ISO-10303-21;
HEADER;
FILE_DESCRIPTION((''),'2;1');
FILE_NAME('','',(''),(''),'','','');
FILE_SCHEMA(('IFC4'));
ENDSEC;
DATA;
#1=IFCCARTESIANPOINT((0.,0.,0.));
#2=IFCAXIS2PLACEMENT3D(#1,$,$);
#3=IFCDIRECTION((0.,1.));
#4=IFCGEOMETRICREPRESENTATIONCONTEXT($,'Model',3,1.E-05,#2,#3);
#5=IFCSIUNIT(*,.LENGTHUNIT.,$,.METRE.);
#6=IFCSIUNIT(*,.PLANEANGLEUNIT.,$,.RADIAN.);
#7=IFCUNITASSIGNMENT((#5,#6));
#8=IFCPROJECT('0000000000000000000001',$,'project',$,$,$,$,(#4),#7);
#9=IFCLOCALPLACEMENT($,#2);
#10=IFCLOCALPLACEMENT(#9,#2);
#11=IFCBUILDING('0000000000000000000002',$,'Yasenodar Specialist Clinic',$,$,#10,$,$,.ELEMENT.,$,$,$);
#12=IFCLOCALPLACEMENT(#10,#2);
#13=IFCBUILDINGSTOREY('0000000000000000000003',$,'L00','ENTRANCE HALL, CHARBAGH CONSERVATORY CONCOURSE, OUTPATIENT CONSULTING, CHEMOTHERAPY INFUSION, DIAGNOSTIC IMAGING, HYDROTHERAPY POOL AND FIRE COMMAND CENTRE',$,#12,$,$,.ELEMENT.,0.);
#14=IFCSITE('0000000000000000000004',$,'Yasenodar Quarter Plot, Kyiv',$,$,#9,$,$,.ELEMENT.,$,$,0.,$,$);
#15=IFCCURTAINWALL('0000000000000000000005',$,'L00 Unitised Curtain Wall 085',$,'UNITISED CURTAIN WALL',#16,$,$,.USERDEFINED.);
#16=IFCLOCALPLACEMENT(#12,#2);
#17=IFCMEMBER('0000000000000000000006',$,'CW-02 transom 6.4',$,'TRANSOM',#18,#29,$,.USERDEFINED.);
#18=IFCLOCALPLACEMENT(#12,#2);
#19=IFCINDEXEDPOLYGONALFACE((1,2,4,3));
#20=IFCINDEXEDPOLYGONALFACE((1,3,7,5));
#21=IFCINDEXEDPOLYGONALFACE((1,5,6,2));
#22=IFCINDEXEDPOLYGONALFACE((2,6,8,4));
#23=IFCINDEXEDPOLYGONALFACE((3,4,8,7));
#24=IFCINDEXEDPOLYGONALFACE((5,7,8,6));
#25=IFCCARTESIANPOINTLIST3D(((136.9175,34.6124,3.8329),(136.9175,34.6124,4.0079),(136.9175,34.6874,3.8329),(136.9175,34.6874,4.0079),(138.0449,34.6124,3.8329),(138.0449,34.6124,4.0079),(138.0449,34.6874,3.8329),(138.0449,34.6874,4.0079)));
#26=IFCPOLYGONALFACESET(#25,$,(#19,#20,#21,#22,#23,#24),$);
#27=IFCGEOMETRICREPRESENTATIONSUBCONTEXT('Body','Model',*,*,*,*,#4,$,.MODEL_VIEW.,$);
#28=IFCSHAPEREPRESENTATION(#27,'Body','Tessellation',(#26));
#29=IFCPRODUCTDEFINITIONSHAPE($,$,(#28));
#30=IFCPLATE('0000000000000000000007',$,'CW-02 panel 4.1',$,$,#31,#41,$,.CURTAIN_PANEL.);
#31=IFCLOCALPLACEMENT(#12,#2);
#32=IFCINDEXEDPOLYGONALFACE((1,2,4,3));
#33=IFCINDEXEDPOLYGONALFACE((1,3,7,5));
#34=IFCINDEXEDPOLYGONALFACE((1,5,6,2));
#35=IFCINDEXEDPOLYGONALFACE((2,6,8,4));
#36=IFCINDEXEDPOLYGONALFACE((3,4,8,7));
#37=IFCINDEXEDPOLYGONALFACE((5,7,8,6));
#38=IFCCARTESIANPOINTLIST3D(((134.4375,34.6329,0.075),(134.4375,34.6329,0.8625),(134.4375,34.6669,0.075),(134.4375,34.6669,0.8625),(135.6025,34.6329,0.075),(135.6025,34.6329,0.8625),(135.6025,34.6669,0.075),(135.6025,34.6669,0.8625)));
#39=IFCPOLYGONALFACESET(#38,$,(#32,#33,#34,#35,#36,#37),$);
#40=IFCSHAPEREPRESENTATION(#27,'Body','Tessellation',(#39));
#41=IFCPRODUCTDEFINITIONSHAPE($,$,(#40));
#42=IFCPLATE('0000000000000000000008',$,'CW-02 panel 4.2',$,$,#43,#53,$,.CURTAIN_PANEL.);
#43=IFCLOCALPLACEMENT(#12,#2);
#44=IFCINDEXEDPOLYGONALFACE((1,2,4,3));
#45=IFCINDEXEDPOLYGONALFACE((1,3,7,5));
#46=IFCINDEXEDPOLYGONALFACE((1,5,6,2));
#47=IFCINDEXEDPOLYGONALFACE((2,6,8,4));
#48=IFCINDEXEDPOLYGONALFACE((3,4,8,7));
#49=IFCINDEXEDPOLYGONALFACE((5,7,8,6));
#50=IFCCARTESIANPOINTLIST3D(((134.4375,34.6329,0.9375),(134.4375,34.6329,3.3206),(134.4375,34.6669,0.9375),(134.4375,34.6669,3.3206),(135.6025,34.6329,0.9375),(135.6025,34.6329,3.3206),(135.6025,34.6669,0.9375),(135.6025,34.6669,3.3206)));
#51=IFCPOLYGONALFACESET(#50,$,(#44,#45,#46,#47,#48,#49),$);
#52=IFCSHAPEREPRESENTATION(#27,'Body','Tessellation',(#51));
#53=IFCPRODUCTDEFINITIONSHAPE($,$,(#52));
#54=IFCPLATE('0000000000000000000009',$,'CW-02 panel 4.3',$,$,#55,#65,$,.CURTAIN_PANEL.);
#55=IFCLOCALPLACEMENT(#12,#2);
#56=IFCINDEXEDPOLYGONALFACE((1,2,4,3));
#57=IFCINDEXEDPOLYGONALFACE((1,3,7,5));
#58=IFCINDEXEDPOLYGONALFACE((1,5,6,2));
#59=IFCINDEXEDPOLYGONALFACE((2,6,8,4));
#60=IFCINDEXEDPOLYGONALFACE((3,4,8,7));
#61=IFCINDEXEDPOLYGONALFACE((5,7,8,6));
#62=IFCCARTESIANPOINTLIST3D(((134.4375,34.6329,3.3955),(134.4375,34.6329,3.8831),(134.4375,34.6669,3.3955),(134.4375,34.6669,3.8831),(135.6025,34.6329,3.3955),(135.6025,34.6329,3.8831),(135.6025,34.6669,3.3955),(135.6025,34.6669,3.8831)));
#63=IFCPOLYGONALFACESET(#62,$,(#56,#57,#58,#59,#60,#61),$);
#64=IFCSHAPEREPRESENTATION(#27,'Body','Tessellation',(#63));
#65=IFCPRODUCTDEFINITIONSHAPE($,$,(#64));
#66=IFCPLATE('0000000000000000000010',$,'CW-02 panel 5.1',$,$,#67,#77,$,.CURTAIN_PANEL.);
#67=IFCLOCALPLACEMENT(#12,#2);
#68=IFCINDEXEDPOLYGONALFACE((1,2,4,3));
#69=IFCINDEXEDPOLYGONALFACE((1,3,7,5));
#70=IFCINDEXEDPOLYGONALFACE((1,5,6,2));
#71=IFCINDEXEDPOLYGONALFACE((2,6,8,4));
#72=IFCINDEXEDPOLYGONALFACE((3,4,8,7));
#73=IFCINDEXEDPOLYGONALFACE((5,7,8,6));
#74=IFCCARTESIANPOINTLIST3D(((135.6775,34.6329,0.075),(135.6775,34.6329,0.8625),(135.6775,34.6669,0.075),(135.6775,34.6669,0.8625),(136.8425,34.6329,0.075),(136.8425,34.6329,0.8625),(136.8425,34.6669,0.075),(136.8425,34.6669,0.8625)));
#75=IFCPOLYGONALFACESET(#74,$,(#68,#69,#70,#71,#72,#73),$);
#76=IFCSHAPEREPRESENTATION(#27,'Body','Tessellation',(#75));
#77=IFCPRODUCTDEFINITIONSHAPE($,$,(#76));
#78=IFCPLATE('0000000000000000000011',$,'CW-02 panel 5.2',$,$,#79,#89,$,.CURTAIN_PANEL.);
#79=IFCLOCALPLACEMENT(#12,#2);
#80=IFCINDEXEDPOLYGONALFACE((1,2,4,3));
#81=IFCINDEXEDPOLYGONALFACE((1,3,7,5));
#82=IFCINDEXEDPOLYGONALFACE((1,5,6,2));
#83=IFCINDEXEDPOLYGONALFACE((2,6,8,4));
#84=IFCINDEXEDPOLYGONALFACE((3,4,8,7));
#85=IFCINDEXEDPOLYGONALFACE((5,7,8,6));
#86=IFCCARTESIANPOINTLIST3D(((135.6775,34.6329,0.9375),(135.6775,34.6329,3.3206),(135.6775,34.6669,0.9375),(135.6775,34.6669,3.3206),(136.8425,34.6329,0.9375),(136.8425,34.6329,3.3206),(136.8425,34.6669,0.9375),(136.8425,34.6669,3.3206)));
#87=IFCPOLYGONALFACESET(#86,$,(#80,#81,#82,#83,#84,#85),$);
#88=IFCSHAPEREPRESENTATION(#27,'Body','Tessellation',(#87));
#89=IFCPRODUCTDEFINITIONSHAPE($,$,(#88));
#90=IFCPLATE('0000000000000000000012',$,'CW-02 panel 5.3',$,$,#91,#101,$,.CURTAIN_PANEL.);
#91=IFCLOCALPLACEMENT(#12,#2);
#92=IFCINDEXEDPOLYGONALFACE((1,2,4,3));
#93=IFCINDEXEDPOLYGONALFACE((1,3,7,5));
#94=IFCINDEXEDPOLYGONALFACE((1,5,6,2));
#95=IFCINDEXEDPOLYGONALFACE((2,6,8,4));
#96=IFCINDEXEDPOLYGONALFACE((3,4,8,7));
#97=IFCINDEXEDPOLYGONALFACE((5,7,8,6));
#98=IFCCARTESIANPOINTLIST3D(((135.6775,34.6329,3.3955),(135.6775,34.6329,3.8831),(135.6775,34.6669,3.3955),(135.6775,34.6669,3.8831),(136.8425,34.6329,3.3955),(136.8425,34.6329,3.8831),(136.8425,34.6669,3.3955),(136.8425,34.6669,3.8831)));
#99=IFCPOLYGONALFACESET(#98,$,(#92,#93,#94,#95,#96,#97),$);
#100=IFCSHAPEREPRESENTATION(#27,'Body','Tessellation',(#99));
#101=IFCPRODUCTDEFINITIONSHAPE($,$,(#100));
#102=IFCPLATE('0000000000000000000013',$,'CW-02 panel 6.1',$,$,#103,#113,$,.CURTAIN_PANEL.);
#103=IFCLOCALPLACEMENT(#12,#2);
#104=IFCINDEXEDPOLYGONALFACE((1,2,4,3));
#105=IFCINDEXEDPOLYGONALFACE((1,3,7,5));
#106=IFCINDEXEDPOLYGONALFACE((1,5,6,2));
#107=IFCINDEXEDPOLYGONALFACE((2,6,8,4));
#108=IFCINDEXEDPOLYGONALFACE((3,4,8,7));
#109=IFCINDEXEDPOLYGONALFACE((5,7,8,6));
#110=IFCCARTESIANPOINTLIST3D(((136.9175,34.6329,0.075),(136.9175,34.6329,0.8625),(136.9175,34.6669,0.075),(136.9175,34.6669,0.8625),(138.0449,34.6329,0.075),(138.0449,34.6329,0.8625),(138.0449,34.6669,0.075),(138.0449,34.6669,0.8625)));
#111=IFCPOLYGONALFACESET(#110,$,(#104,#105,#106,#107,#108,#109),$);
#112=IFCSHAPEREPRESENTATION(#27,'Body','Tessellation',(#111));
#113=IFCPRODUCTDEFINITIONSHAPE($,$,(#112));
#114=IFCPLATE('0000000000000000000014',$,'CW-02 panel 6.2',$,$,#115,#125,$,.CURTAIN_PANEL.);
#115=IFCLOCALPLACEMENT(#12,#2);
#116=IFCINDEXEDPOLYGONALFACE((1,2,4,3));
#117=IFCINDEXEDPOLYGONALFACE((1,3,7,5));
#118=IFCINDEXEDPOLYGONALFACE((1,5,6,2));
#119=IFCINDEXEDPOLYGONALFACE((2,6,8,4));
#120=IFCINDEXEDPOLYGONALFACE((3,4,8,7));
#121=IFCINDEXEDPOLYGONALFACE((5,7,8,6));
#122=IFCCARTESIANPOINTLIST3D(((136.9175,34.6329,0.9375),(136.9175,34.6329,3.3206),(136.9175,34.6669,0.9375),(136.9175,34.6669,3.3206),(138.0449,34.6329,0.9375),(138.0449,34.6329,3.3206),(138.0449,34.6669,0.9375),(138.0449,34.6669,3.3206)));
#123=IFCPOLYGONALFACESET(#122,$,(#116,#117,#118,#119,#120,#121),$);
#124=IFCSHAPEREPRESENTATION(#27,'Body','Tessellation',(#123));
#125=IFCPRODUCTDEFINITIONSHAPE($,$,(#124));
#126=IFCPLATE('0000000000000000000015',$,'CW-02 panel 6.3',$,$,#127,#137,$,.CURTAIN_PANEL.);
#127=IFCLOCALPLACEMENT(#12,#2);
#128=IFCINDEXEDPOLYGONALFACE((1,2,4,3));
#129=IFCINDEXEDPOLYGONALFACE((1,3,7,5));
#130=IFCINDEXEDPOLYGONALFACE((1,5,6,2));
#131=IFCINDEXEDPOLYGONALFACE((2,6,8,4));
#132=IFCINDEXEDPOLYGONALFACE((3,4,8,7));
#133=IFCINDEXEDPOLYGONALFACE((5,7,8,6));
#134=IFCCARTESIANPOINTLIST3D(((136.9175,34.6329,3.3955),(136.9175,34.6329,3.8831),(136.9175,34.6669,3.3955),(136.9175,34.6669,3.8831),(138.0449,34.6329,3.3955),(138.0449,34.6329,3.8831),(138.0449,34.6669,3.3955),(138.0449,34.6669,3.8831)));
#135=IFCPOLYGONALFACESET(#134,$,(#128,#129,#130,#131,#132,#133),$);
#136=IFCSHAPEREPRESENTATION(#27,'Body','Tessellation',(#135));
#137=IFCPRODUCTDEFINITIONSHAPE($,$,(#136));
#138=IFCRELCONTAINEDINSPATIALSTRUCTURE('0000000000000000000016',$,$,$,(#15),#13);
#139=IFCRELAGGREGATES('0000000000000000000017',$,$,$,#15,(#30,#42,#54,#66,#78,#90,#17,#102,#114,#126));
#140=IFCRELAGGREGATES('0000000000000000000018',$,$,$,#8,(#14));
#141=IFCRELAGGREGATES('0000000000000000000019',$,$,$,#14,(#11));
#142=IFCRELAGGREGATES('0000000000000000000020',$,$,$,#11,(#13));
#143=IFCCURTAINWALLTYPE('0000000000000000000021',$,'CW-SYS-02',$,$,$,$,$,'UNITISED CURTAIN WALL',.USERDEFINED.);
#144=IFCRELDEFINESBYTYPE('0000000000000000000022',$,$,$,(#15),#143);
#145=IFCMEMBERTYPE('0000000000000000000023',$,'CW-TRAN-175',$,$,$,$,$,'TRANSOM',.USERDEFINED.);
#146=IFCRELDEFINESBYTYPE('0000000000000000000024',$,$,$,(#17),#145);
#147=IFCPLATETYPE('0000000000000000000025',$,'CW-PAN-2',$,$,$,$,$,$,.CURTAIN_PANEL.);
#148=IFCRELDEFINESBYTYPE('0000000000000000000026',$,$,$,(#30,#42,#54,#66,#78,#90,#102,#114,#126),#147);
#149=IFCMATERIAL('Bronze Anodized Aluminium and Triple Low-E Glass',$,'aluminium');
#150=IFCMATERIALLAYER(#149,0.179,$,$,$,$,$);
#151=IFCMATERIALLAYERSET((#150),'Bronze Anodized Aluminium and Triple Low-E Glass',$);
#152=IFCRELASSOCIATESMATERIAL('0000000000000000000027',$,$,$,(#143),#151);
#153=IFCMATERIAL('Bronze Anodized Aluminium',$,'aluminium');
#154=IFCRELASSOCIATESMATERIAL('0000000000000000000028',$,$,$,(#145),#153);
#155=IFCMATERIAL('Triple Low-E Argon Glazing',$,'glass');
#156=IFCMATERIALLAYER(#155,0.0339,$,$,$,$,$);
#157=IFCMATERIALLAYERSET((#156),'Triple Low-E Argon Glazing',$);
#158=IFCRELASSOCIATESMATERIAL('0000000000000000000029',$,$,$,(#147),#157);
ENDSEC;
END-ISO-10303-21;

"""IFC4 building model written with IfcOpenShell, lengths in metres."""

from ifc_helpers import new_model, si_unit, direction, frame, origin, origin_2d, place, context, subcontext, project, spatial, rectangle, extrude, material, layer, layer_set, material_profile, profile_set, type_object, element, aggregate, save


model = new_model("IFC4")

# Units and contexts
model_context = context("Model", 3, precision=1e-05, world=origin(), true_north=direction((0.0, 1.0)))
body_context = subcontext(model_context, "Body", "Model", "MODEL_VIEW")
ifc_project = project(units=[si_unit("LENGTHUNIT", "METRE"), si_unit("PLANEANGLEUNIT", "RADIAN")], contexts=[model_context])

# Site, building, storey
site_placement = place(None, origin())
site = spatial("IfcSite", under=ifc_project, at=site_placement, Name="Yasenodar Quarter Plot, Kyiv", CompositionType="ELEMENT", RefElevation=0.0)
building_placement = place(site_placement, origin())
building = spatial("IfcBuilding", under=site, at=building_placement, Name="Yasenodar Specialist Clinic", CompositionType="ELEMENT")
storey_placement = place(building_placement, origin())
storey = spatial("IfcBuildingStorey", under=building, at=storey_placement, Name="L00", Description="ENTRANCE HALL, CHARBAGH CONSERVATORY CONCOURSE, OUTPATIENT CONSULTING, CHEMOTHERAPY INFUSION, DIAGNOSTIC IMAGING, HYDROTHERAPY POOL AND FIRE COMMAND CENTRE", CompositionType="ELEMENT", Elevation=0.0)

# Curtain wall, member, plates
ifc_material_1 = material(Name="Bronze Anodized Aluminium and Triple Low-E Glass", Category="aluminium")
ifc_layer_1 = layer(ifc_material_1, 0.179)
ifc_layer_set_1 = layer_set([ifc_layer_1], Name="Bronze Anodized Aluminium and Triple Low-E Glass")
curtain_wall_type = type_object("IfcCurtainWallType", Name="CW-SYS-02", ElementType="UNITISED CURTAIN WALL", PredefinedType="USERDEFINED", material=ifc_layer_set_1)
curtain_wall_placement = place(storey_placement, origin())
curtain_wall = element("IfcCurtainWall", 1, at=curtain_wall_placement, inside=storey, type_object=curtain_wall_type, Name="L00 Unitised Curtain Wall 085", ObjectType="UNITISED CURTAIN WALL", PredefinedType="USERDEFINED")
ifc_material_2 = material(Name="Bronze Anodized Aluminium", Category="aluminium")
ifc_material_profile_1 = material_profile(ifc_material_2, rectangle(XDim=0.075, YDim=0.175, at=origin_2d()), Name="CW-TRAN 75x175")
ifc_profile_set_1 = profile_set([ifc_material_profile_1], Name="Bronze Anodized Aluminium")
member_type_1 = type_object("IfcMemberType", Name="CW-TRAN-175", ElementType="TRANSOM", PredefinedType="USERDEFINED", material=ifc_profile_set_1)
member_1_placement = place(storey_placement, frame((136.9175, 34.6499, 3.9204), z_axis=(1.0, 0.0, 0.0), x_axis=(0.0, 1.0, 0.0)))
member_1 = element("IfcMember", 2, at=member_1_placement, type_object=member_type_1, Name="CW-02 transom 6.4", ObjectType="TRANSOM", PredefinedType="USERDEFINED", context=body_context, shape_type="SweptSolid", body=[
    extrude(rectangle(XDim=0.075, YDim=0.175, at=origin_2d()), origin(), (0.0, 0.0, 1.0), 1.1274),
])
ifc_material_3 = material(Name="Triple Low-E Argon Glazing", Category="glass")
ifc_layer_2 = layer(ifc_material_3, 0.0339)
ifc_layer_set_2 = layer_set([ifc_layer_2], Name="Triple Low-E Argon Glazing")
plate_type = type_object("IfcPlateType", Name="CW-PAN-2", PredefinedType="CURTAIN_PANEL", material=ifc_layer_set_2)
plate_1_placement = place(storey_placement, frame((135.02, 34.6499, 0.075), z_axis=(0.0, 0.0, 1.0), x_axis=(1.0, 0.0, 0.0)))
plate_1 = element("IfcPlate", 3, at=plate_1_placement, type_object=plate_type, Name="CW-02 panel 4.1", PredefinedType="CURTAIN_PANEL", context=body_context, shape_type="SweptSolid", body=[
    extrude(rectangle(XDim=1.165, YDim=0.0339, at=origin_2d()), origin(), (0.0, 0.0, 1.0), 0.7876),
])
plate_2_placement = place(storey_placement, frame((135.02, 34.6499, 0.9375), z_axis=(0.0, 0.0, 1.0), x_axis=(1.0, 0.0, 0.0)))
plate_2 = element("IfcPlate", 4, at=plate_2_placement, type_object=plate_type, Name="CW-02 panel 4.2", PredefinedType="CURTAIN_PANEL", context=body_context, shape_type="SweptSolid", body=[
    extrude(rectangle(XDim=1.165, YDim=0.0339, at=origin_2d()), origin(), (0.0, 0.0, 1.0), 2.3831),
])
plate_3_placement = place(storey_placement, frame((135.02, 34.6499, 3.3955), z_axis=(0.0, 0.0, 1.0), x_axis=(1.0, 0.0, 0.0)))
plate_3 = element("IfcPlate", 5, at=plate_3_placement, type_object=plate_type, Name="CW-02 panel 4.3", PredefinedType="CURTAIN_PANEL", context=body_context, shape_type="SweptSolid", body=[
    extrude(rectangle(XDim=1.165, YDim=0.0339, at=origin_2d()), origin(), (0.0, 0.0, 1.0), 0.4875),
])
plate_4_placement = place(storey_placement, frame((136.26, 34.6499, 0.075), z_axis=(0.0, 0.0, 1.0), x_axis=(1.0, 0.0, 0.0)))
plate_4 = element("IfcPlate", 6, at=plate_4_placement, type_object=plate_type, Name="CW-02 panel 5.1", PredefinedType="CURTAIN_PANEL", context=body_context, shape_type="SweptSolid", body=[
    extrude(rectangle(XDim=1.165, YDim=0.0339, at=origin_2d()), origin(), (0.0, 0.0, 1.0), 0.7876),
])
plate_5_placement = place(storey_placement, frame((136.26, 34.6499, 0.9375), z_axis=(0.0, 0.0, 1.0), x_axis=(1.0, 0.0, 0.0)))
plate_5 = element("IfcPlate", 7, at=plate_5_placement, type_object=plate_type, Name="CW-02 panel 5.2", PredefinedType="CURTAIN_PANEL", context=body_context, shape_type="SweptSolid", body=[
    extrude(rectangle(XDim=1.165, YDim=0.0339, at=origin_2d()), origin(), (0.0, 0.0, 1.0), 2.3831),
])
plate_6_placement = place(storey_placement, frame((136.26, 34.6499, 3.3955), z_axis=(0.0, 0.0, 1.0), x_axis=(1.0, 0.0, 0.0)))
plate_6 = element("IfcPlate", 8, at=plate_6_placement, type_object=plate_type, Name="CW-02 panel 5.3", PredefinedType="CURTAIN_PANEL", context=body_context, shape_type="SweptSolid", body=[
    extrude(rectangle(XDim=1.165, YDim=0.0339, at=origin_2d()), origin(), (0.0, 0.0, 1.0), 0.4875),
])
plate_7_placement = place(storey_placement, frame((137.4812, 34.6499, 0.075), z_axis=(0.0, 0.0, 1.0), x_axis=(1.0, 0.0, 0.0)))
plate_7 = element("IfcPlate", 9, at=plate_7_placement, type_object=plate_type, Name="CW-02 panel 6.1", PredefinedType="CURTAIN_PANEL", context=body_context, shape_type="SweptSolid", body=[
    extrude(rectangle(XDim=1.1274, YDim=0.0339, at=origin_2d()), origin(), (0.0, 0.0, 1.0), 0.7876),
])
plate_8_placement = place(storey_placement, frame((137.4812, 34.6499, 0.9375), z_axis=(0.0, 0.0, 1.0), x_axis=(1.0, 0.0, 0.0)))
plate_8 = element("IfcPlate", 10, at=plate_8_placement, type_object=plate_type, Name="CW-02 panel 6.2", PredefinedType="CURTAIN_PANEL", context=body_context, shape_type="SweptSolid", body=[
    extrude(rectangle(XDim=1.1274, YDim=0.0339, at=origin_2d()), origin(), (0.0, 0.0, 1.0), 2.3831),
])
plate_9_placement = place(storey_placement, frame((137.4812, 34.6499, 3.3955), z_axis=(0.0, 0.0, 1.0), x_axis=(1.0, 0.0, 0.0)))
plate_9 = element("IfcPlate", 11, at=plate_9_placement, type_object=plate_type, Name="CW-02 panel 6.3", PredefinedType="CURTAIN_PANEL", context=body_context, shape_type="SweptSolid", body=[
    extrude(rectangle(XDim=1.1274, YDim=0.0339, at=origin_2d()), origin(), (0.0, 0.0, 1.0), 0.4875),
])
aggregate(curtain_wall, [plate_1, plate_2, plate_3, plate_4, plate_5, plate_6, member_1, plate_7, plate_8, plate_9])

save(model, "model.ifc")
